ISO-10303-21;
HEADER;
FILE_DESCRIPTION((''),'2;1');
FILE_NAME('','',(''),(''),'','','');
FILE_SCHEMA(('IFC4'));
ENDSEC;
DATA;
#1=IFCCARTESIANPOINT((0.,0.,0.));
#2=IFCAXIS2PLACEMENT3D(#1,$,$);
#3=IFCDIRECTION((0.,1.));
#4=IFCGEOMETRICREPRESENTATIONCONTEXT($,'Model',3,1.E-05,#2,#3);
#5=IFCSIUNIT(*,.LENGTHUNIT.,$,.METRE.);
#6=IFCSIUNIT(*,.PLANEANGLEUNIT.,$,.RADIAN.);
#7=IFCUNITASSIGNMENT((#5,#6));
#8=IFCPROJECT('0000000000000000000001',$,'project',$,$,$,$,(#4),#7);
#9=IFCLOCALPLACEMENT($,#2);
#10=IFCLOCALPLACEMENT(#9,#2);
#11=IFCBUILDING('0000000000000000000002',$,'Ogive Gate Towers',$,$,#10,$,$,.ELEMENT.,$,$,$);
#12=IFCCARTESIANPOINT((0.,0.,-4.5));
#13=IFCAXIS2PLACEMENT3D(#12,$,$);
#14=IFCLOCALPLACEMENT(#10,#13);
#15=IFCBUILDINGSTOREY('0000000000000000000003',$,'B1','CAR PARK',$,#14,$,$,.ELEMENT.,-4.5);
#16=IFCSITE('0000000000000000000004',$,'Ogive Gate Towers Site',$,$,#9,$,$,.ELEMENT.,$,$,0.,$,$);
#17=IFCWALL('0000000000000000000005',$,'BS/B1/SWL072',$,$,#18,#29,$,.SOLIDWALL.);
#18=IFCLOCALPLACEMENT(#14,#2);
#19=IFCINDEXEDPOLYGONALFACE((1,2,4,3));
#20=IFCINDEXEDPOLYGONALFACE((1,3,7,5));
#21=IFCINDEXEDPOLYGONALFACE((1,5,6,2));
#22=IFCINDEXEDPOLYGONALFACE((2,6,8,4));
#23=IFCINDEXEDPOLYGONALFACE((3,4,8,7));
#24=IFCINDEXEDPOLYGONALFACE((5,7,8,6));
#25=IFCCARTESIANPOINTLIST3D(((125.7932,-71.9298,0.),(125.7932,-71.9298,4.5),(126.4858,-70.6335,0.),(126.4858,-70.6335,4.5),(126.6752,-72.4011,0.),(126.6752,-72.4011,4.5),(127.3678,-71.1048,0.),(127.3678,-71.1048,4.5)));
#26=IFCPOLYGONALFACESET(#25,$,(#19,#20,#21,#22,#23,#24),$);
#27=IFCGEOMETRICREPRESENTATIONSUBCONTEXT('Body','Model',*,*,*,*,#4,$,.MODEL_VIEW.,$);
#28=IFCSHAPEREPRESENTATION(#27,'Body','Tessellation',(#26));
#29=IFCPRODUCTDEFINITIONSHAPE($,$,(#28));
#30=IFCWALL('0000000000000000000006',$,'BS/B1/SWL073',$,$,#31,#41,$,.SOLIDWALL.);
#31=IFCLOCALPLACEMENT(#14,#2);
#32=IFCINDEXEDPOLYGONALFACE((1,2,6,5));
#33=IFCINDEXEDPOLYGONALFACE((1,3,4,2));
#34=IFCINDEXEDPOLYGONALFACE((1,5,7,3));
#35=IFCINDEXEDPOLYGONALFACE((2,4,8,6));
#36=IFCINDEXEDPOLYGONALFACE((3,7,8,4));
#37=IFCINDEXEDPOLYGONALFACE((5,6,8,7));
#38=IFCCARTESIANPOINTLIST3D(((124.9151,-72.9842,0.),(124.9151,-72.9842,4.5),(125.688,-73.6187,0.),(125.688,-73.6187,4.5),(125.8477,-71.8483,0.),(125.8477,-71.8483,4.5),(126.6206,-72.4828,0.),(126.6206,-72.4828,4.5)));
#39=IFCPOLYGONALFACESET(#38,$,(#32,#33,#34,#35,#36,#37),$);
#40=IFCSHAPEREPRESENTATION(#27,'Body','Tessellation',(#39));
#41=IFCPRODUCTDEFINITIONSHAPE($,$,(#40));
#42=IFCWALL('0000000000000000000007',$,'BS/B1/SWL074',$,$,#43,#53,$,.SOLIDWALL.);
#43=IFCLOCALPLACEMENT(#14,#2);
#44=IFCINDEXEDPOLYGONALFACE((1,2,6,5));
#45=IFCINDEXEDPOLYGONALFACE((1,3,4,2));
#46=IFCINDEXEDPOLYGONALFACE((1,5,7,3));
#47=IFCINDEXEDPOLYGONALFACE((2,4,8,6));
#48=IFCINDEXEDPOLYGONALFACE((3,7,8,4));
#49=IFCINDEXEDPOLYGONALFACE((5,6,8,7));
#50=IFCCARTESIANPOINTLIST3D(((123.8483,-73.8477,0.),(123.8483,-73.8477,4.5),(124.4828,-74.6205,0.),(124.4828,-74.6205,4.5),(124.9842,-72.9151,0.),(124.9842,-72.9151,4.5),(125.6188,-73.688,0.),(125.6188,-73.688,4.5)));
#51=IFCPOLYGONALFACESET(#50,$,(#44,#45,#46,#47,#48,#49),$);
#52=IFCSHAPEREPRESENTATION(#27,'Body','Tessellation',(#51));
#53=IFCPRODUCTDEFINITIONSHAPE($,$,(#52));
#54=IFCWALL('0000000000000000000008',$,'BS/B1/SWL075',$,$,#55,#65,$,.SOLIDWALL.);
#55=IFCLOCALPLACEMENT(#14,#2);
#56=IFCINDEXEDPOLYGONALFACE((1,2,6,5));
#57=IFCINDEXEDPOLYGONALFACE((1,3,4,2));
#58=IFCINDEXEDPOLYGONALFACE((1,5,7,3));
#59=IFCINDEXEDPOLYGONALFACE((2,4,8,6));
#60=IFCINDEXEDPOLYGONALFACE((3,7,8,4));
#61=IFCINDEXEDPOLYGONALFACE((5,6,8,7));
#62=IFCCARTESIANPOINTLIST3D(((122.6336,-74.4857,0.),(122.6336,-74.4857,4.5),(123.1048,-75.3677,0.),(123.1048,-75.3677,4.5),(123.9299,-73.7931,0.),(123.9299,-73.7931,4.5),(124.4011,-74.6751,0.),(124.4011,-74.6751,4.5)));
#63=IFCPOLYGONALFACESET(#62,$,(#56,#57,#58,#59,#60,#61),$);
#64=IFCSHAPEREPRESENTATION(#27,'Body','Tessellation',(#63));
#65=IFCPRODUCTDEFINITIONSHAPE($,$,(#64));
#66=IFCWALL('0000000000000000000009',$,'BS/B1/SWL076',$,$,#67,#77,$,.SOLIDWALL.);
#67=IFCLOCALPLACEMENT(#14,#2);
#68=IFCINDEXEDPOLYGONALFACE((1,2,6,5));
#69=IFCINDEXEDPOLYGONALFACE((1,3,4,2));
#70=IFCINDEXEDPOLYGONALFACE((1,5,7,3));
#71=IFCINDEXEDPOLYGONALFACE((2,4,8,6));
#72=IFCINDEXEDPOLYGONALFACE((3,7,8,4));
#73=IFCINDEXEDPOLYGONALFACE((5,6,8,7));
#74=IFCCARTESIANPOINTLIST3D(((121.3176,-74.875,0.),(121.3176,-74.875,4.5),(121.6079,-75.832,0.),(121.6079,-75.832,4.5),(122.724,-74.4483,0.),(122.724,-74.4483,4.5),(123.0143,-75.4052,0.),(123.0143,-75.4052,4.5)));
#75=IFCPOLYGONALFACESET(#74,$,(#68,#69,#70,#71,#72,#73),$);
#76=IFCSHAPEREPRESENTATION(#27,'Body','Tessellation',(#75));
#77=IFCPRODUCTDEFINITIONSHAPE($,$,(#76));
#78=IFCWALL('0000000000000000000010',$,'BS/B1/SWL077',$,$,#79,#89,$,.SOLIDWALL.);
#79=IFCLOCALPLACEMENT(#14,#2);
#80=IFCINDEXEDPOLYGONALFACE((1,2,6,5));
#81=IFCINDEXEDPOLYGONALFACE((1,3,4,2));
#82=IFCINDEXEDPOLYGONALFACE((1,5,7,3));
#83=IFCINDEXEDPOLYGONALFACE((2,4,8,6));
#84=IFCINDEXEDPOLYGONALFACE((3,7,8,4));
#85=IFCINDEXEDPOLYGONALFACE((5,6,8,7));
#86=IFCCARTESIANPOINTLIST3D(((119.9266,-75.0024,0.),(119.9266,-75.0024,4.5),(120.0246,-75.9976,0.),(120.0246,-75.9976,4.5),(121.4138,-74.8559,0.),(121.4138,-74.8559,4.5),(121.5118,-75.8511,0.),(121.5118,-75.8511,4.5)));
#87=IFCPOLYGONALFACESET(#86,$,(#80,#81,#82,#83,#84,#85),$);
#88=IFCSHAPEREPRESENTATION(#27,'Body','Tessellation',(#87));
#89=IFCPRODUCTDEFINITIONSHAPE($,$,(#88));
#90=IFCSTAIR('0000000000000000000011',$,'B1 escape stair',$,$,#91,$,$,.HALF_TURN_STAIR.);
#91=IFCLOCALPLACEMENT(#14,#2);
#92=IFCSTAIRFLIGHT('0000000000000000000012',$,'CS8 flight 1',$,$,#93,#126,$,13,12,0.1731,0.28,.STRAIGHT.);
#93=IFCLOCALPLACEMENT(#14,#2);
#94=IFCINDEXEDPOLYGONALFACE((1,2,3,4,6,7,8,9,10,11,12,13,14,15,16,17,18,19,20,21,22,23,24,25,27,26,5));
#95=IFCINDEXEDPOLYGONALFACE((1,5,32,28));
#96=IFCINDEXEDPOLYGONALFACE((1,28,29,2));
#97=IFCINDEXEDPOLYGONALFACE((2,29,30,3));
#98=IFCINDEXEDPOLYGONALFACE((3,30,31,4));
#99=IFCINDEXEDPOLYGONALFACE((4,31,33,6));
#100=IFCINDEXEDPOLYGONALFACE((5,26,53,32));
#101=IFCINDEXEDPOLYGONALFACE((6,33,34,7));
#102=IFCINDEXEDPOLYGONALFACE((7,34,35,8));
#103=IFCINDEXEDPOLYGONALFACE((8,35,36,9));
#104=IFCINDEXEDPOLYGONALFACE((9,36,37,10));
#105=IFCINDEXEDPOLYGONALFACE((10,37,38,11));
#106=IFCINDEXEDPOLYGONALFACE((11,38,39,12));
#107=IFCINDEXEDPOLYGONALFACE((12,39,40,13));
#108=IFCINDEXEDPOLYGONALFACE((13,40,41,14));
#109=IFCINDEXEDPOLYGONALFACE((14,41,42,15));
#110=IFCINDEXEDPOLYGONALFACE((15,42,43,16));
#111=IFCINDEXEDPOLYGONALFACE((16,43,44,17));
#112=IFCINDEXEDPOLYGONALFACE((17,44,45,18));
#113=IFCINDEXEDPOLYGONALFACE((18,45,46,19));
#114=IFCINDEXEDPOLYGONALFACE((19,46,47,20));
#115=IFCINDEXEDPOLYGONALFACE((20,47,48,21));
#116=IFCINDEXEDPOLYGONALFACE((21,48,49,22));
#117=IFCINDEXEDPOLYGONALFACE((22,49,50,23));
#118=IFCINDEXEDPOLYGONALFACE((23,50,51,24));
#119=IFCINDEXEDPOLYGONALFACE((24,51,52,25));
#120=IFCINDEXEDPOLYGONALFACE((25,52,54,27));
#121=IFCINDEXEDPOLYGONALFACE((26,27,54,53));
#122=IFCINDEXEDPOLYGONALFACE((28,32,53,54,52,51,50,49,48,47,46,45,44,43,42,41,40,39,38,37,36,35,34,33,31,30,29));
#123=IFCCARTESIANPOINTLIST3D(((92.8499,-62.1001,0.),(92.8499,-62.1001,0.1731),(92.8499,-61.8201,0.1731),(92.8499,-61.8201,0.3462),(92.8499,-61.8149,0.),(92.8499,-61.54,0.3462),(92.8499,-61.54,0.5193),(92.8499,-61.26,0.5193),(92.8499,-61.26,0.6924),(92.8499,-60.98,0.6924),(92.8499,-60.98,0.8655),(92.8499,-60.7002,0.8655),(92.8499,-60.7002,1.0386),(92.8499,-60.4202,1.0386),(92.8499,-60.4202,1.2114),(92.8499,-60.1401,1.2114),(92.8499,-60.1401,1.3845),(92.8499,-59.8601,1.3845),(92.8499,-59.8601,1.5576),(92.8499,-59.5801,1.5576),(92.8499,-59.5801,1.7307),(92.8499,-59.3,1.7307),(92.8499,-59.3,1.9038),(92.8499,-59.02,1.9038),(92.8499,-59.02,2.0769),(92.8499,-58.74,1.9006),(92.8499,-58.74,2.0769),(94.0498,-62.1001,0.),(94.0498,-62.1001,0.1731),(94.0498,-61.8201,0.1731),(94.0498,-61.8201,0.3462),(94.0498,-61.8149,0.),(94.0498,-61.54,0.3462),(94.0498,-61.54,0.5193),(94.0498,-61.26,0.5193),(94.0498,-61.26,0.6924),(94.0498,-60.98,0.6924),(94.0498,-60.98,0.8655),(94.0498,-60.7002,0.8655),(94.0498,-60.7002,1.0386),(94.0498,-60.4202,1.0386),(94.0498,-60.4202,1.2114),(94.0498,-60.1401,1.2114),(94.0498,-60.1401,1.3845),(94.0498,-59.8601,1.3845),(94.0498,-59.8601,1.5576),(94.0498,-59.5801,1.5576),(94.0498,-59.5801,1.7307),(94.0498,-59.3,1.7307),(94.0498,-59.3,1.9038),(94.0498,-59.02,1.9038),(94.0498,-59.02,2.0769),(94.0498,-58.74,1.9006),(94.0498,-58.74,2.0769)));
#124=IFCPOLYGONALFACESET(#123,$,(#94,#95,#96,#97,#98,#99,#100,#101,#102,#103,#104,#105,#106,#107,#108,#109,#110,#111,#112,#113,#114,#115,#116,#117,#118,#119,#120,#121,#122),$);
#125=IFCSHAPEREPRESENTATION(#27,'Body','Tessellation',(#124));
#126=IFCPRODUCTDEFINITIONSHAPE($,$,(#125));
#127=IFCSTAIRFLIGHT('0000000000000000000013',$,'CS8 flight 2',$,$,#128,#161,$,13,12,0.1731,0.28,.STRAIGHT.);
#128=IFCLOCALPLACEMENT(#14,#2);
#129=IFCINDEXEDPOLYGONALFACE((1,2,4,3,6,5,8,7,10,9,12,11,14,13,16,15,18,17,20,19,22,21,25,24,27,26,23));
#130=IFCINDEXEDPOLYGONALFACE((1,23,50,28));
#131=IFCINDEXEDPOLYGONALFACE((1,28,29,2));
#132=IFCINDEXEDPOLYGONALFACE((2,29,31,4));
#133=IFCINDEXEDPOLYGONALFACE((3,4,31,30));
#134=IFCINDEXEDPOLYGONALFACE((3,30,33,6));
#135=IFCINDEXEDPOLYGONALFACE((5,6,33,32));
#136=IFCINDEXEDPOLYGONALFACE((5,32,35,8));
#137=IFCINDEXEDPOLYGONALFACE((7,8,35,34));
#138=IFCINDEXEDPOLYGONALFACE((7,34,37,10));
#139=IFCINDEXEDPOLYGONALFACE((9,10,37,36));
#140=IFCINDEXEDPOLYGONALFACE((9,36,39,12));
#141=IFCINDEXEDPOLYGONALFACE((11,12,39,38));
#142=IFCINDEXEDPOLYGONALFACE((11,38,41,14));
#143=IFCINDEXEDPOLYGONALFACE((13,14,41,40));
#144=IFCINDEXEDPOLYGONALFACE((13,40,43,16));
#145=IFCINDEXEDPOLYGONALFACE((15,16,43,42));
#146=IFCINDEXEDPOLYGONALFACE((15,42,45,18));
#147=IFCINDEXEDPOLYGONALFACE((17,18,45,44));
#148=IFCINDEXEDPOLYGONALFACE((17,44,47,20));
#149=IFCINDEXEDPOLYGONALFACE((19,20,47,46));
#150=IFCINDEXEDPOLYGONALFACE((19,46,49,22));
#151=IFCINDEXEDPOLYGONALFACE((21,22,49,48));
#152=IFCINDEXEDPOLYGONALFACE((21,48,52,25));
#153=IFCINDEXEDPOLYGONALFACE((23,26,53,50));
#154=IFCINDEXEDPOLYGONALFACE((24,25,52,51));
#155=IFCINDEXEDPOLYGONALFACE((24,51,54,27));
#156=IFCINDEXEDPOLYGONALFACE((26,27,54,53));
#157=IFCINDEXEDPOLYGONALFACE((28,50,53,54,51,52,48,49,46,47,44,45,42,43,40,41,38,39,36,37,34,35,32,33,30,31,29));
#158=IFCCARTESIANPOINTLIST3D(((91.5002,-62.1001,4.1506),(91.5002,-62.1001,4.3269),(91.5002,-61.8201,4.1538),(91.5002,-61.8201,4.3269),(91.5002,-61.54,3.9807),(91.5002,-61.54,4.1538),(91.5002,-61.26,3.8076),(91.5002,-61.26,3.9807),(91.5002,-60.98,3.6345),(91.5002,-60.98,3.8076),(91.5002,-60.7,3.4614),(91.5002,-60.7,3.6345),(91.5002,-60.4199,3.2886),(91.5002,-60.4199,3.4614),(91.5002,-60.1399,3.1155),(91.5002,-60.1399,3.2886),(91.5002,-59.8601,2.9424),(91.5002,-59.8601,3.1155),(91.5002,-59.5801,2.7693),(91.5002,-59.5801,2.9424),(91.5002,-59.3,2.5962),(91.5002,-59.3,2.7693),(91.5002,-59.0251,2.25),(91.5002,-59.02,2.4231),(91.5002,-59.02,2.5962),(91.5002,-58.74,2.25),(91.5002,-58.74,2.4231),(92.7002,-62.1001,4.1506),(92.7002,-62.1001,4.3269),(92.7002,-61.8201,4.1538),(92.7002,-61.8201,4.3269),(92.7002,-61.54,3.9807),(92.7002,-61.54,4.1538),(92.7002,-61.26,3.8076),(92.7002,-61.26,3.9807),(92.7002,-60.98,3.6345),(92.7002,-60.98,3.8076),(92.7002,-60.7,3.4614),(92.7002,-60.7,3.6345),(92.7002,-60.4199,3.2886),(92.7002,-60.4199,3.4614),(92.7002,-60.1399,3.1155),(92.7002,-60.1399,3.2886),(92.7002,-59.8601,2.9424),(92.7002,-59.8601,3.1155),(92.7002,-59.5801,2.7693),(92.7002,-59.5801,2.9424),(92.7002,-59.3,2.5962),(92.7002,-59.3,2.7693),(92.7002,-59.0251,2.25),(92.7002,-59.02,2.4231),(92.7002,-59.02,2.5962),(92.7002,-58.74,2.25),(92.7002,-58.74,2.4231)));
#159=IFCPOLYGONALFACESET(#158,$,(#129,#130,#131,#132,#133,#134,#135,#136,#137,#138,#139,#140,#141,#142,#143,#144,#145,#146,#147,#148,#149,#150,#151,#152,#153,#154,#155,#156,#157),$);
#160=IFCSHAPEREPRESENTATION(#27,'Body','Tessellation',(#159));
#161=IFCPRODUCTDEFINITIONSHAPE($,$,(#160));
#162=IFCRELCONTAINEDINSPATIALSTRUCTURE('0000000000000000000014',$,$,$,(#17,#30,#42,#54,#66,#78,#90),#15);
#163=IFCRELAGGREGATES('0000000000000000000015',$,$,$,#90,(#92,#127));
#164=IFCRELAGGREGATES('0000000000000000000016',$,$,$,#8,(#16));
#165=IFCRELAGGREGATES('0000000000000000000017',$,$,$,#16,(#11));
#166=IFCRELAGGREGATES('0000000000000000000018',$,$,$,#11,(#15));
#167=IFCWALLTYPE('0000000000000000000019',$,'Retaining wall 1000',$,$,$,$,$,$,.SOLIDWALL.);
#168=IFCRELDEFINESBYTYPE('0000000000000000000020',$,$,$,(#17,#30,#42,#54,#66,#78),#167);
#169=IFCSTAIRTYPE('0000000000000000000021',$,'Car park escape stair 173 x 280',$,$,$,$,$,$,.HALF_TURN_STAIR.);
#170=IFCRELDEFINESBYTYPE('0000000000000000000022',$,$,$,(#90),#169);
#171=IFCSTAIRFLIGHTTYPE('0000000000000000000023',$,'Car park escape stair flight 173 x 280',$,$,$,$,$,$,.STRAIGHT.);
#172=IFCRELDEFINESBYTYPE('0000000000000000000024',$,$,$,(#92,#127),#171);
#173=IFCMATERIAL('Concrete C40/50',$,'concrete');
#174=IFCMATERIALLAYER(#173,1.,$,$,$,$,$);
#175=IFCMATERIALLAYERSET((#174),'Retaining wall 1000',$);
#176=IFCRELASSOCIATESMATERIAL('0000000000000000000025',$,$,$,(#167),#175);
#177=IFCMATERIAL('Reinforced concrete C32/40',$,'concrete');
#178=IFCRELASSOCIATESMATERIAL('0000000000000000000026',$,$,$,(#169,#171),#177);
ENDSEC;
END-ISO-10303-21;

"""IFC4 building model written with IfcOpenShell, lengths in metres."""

from ifc_helpers import new_model, si_unit, direction, frame, frame_2d, origin, place, context, subcontext, project, spatial, polyline, rectangle, outline, extrude, material, layer, layer_set, type_object, element, aggregate, save


model = new_model("IFC4")

# Units and contexts
model_context = context("Model", 3, precision=1e-05, world=origin(), true_north=direction((0.0, 1.0)))
body_context = subcontext(model_context, "Body", "Model", "MODEL_VIEW")
ifc_project = project(units=[si_unit("LENGTHUNIT", "METRE"), si_unit("PLANEANGLEUNIT", "RADIAN")], contexts=[model_context])

# Site, building, storey
site_placement = place(None, origin())
site = spatial("IfcSite", under=ifc_project, at=site_placement, Name="Ogive Gate Towers Site", CompositionType="ELEMENT", RefElevation=0.0)
building_placement = place(site_placement, origin())
building = spatial("IfcBuilding", under=site, at=building_placement, Name="Ogive Gate Towers", CompositionType="ELEMENT")
storey_placement = place(building_placement, frame((0.0, 0.0, -4.5)))
storey = spatial("IfcBuildingStorey", under=building, at=storey_placement, Name="B1", Description="CAR PARK", CompositionType="ELEMENT", Elevation=-4.5)

# Shared definitions
ifc_material_1 = material(Name="Concrete C40/50", Category="concrete")

# Shared definitions
ifc_material_2 = material(Name="Reinforced concrete C32/40", Category="concrete")

# Walls
ifc_layer_1 = layer(ifc_material_1, 1.0)
ifc_layer_set_1 = layer_set([ifc_layer_1], Name="Retaining wall 1000")
wall_type_1 = type_object("IfcWallType", Name="Retaining wall 1000", PredefinedType="SOLIDWALL", material=ifc_layer_set_1)
for number, where, z_axis, x_axis, name in (
    (1, (126.9268, -70.8691, 0.0), (0.0, 0.0, 1.0), (-0.471235, -0.882008, 0.0), "BS/B1/SWL072"),
    (2, (126.2341, -72.1655, 0.0), (0.0, 0.0, 1.0), (-0.63453, -0.772898, 0.0), "BS/B1/SWL073"),
    (3, (125.3015, -73.3015, 0.0), (0.0, 0.0, 1.0), (-0.772898, -0.63453, 0.0), "BS/B1/SWL074"),
    (4, (124.1655, -74.2341, 0.0), (0.0, 0.0, 1.0), (-0.882008, -0.471235, 0.0), "BS/B1/SWL075"),
    (5, (122.8691, -74.9268, 0.0), (0.0, 0.0, 1.0), (-0.956921, -0.290349, 0.0), "BS/B1/SWL076"),
):
    element("IfcWall", number, at=place(storey_placement, frame(where, z_axis=z_axis, x_axis=x_axis)), inside=storey, type_object=wall_type_1, Name=name, PredefinedType="SOLIDWALL", context=body_context, shape_type="SweptSolid", body=[
        extrude(rectangle(XDim=1.4697, YDim=1.0, at=frame_2d((0.7349, 0.0))), origin(), (0.0, 0.0, 1.0), 4.5),
    ])
wall_1_placement = place(storey_placement, frame((121.4626, -75.3535, 0.0), z_axis=(0.0, 0.0, 1.0), x_axis=(-0.995185, -0.098016, 0.0)))
element("IfcWall", 6, at=wall_1_placement, inside=storey, type_object=wall_type_1, Name="BS/B1/SWL077", PredefinedType="SOLIDWALL", context=body_context, shape_type="SweptSolid", body=[
    extrude(rectangle(XDim=1.4944, YDim=1.0, at=frame_2d((0.7471, 0.0))), origin(), (0.0, 0.0, 1.0), 4.5),
])

# Stair, stair flights
stair_type = type_object("IfcStairType", Name="Car park escape stair 173 x 280", PredefinedType="HALF_TURN_STAIR", material=ifc_material_2)
stair_placement = place(storey_placement, origin())
stair = element("IfcStair", 7, at=stair_placement, inside=storey, type_object=stair_type, Name="B1 escape stair", PredefinedType="HALF_TURN_STAIR")
stair_flight_type = type_object("IfcStairFlightType", Name="Car park escape stair flight 173 x 280", PredefinedType="STRAIGHT", material=ifc_material_2)
stair_flight_1_placement = place(storey_placement, frame((93.45, -62.1001, 0.0), z_axis=(0.0, 0.0, 1.0), x_axis=(0.0, 1.0, 0.0)))
stair_flight_1 = element("IfcStairFlight", 8, at=stair_flight_1_placement, type_object=stair_flight_type, Name="CS8 flight 1", NumberOfRisers=13, NumberOfTreads=12, PredefinedType="STRAIGHT", RiserHeight=0.1731, TreadLength=0.28, context=body_context, shape_type="SweptSolid", body=[
    extrude(outline(polyline([(0.0, 0.0), (0.0, 0.1731), (0.28, 0.1731), (0.28, 0.3462), (0.5601, 0.3462), (0.5601, 0.5193), (0.8401, 0.5193), (0.8401, 0.6924), (1.1201, 0.6924), (1.1201, 0.8655), (1.3999, 0.8655), (1.3999, 1.0386), (1.6799, 1.0386), (1.6799, 1.2114), (1.96, 1.2114), (1.96, 1.3845), (2.24, 1.3845), (2.24, 1.5576), (2.52, 1.5576), (2.52, 1.7307), (2.8, 1.7307), (2.8, 1.9038), (3.0801, 1.9038), (3.0801, 2.0769), (3.3601, 2.0769), (3.3601, 2.25), (3.3601, 1.9006), (0.2852, 0.0), (0.0, 0.0)])), frame((0.0, 0.6001, 0.0), z_axis=(0.0, -1.0, 0.0), x_axis=(1.0, 0.0, 0.0)), (0.0, 0.0, 1.0), 1.2),
])
stair_flight_2_placement = place(storey_placement, frame((92.1001, -58.74, 2.25), z_axis=(0.0, 0.0, 1.0), x_axis=(0.0, -1.0, 0.0)))
stair_flight_2 = element("IfcStairFlight", 9, at=stair_flight_2_placement, type_object=stair_flight_type, Name="CS8 flight 2", NumberOfRisers=13, NumberOfTreads=12, PredefinedType="STRAIGHT", RiserHeight=0.1731, TreadLength=0.28, context=body_context, shape_type="SweptSolid", body=[
    extrude(outline(polyline([(0.0, 0.0), (0.0, 0.1731), (0.28, 0.1731), (0.28, 0.3462), (0.5601, 0.3462), (0.5601, 0.5193), (0.8401, 0.5193), (0.8401, 0.6924), (1.1201, 0.6924), (1.1201, 0.8655), (1.3999, 0.8655), (1.3999, 1.0386), (1.6799, 1.0386), (1.6799, 1.2114), (1.96, 1.2114), (1.96, 1.3845), (2.24, 1.3845), (2.24, 1.5576), (2.52, 1.5576), (2.52, 1.7307), (2.8, 1.7307), (2.8, 1.9038), (3.0801, 1.9038), (3.0801, 2.0769), (3.3601, 2.0769), (3.3601, 2.25), (3.3601, 1.9006), (0.2852, 0.0), (0.0, 0.0)])), frame((0.0, 0.6001, 0.0), z_axis=(0.0, -1.0, 0.0), x_axis=(1.0, 0.0, 0.0)), (0.0, 0.0, 1.0), 1.2),
])
aggregate(stair, [stair_flight_1, stair_flight_2])

save(model, "model.ifc")
